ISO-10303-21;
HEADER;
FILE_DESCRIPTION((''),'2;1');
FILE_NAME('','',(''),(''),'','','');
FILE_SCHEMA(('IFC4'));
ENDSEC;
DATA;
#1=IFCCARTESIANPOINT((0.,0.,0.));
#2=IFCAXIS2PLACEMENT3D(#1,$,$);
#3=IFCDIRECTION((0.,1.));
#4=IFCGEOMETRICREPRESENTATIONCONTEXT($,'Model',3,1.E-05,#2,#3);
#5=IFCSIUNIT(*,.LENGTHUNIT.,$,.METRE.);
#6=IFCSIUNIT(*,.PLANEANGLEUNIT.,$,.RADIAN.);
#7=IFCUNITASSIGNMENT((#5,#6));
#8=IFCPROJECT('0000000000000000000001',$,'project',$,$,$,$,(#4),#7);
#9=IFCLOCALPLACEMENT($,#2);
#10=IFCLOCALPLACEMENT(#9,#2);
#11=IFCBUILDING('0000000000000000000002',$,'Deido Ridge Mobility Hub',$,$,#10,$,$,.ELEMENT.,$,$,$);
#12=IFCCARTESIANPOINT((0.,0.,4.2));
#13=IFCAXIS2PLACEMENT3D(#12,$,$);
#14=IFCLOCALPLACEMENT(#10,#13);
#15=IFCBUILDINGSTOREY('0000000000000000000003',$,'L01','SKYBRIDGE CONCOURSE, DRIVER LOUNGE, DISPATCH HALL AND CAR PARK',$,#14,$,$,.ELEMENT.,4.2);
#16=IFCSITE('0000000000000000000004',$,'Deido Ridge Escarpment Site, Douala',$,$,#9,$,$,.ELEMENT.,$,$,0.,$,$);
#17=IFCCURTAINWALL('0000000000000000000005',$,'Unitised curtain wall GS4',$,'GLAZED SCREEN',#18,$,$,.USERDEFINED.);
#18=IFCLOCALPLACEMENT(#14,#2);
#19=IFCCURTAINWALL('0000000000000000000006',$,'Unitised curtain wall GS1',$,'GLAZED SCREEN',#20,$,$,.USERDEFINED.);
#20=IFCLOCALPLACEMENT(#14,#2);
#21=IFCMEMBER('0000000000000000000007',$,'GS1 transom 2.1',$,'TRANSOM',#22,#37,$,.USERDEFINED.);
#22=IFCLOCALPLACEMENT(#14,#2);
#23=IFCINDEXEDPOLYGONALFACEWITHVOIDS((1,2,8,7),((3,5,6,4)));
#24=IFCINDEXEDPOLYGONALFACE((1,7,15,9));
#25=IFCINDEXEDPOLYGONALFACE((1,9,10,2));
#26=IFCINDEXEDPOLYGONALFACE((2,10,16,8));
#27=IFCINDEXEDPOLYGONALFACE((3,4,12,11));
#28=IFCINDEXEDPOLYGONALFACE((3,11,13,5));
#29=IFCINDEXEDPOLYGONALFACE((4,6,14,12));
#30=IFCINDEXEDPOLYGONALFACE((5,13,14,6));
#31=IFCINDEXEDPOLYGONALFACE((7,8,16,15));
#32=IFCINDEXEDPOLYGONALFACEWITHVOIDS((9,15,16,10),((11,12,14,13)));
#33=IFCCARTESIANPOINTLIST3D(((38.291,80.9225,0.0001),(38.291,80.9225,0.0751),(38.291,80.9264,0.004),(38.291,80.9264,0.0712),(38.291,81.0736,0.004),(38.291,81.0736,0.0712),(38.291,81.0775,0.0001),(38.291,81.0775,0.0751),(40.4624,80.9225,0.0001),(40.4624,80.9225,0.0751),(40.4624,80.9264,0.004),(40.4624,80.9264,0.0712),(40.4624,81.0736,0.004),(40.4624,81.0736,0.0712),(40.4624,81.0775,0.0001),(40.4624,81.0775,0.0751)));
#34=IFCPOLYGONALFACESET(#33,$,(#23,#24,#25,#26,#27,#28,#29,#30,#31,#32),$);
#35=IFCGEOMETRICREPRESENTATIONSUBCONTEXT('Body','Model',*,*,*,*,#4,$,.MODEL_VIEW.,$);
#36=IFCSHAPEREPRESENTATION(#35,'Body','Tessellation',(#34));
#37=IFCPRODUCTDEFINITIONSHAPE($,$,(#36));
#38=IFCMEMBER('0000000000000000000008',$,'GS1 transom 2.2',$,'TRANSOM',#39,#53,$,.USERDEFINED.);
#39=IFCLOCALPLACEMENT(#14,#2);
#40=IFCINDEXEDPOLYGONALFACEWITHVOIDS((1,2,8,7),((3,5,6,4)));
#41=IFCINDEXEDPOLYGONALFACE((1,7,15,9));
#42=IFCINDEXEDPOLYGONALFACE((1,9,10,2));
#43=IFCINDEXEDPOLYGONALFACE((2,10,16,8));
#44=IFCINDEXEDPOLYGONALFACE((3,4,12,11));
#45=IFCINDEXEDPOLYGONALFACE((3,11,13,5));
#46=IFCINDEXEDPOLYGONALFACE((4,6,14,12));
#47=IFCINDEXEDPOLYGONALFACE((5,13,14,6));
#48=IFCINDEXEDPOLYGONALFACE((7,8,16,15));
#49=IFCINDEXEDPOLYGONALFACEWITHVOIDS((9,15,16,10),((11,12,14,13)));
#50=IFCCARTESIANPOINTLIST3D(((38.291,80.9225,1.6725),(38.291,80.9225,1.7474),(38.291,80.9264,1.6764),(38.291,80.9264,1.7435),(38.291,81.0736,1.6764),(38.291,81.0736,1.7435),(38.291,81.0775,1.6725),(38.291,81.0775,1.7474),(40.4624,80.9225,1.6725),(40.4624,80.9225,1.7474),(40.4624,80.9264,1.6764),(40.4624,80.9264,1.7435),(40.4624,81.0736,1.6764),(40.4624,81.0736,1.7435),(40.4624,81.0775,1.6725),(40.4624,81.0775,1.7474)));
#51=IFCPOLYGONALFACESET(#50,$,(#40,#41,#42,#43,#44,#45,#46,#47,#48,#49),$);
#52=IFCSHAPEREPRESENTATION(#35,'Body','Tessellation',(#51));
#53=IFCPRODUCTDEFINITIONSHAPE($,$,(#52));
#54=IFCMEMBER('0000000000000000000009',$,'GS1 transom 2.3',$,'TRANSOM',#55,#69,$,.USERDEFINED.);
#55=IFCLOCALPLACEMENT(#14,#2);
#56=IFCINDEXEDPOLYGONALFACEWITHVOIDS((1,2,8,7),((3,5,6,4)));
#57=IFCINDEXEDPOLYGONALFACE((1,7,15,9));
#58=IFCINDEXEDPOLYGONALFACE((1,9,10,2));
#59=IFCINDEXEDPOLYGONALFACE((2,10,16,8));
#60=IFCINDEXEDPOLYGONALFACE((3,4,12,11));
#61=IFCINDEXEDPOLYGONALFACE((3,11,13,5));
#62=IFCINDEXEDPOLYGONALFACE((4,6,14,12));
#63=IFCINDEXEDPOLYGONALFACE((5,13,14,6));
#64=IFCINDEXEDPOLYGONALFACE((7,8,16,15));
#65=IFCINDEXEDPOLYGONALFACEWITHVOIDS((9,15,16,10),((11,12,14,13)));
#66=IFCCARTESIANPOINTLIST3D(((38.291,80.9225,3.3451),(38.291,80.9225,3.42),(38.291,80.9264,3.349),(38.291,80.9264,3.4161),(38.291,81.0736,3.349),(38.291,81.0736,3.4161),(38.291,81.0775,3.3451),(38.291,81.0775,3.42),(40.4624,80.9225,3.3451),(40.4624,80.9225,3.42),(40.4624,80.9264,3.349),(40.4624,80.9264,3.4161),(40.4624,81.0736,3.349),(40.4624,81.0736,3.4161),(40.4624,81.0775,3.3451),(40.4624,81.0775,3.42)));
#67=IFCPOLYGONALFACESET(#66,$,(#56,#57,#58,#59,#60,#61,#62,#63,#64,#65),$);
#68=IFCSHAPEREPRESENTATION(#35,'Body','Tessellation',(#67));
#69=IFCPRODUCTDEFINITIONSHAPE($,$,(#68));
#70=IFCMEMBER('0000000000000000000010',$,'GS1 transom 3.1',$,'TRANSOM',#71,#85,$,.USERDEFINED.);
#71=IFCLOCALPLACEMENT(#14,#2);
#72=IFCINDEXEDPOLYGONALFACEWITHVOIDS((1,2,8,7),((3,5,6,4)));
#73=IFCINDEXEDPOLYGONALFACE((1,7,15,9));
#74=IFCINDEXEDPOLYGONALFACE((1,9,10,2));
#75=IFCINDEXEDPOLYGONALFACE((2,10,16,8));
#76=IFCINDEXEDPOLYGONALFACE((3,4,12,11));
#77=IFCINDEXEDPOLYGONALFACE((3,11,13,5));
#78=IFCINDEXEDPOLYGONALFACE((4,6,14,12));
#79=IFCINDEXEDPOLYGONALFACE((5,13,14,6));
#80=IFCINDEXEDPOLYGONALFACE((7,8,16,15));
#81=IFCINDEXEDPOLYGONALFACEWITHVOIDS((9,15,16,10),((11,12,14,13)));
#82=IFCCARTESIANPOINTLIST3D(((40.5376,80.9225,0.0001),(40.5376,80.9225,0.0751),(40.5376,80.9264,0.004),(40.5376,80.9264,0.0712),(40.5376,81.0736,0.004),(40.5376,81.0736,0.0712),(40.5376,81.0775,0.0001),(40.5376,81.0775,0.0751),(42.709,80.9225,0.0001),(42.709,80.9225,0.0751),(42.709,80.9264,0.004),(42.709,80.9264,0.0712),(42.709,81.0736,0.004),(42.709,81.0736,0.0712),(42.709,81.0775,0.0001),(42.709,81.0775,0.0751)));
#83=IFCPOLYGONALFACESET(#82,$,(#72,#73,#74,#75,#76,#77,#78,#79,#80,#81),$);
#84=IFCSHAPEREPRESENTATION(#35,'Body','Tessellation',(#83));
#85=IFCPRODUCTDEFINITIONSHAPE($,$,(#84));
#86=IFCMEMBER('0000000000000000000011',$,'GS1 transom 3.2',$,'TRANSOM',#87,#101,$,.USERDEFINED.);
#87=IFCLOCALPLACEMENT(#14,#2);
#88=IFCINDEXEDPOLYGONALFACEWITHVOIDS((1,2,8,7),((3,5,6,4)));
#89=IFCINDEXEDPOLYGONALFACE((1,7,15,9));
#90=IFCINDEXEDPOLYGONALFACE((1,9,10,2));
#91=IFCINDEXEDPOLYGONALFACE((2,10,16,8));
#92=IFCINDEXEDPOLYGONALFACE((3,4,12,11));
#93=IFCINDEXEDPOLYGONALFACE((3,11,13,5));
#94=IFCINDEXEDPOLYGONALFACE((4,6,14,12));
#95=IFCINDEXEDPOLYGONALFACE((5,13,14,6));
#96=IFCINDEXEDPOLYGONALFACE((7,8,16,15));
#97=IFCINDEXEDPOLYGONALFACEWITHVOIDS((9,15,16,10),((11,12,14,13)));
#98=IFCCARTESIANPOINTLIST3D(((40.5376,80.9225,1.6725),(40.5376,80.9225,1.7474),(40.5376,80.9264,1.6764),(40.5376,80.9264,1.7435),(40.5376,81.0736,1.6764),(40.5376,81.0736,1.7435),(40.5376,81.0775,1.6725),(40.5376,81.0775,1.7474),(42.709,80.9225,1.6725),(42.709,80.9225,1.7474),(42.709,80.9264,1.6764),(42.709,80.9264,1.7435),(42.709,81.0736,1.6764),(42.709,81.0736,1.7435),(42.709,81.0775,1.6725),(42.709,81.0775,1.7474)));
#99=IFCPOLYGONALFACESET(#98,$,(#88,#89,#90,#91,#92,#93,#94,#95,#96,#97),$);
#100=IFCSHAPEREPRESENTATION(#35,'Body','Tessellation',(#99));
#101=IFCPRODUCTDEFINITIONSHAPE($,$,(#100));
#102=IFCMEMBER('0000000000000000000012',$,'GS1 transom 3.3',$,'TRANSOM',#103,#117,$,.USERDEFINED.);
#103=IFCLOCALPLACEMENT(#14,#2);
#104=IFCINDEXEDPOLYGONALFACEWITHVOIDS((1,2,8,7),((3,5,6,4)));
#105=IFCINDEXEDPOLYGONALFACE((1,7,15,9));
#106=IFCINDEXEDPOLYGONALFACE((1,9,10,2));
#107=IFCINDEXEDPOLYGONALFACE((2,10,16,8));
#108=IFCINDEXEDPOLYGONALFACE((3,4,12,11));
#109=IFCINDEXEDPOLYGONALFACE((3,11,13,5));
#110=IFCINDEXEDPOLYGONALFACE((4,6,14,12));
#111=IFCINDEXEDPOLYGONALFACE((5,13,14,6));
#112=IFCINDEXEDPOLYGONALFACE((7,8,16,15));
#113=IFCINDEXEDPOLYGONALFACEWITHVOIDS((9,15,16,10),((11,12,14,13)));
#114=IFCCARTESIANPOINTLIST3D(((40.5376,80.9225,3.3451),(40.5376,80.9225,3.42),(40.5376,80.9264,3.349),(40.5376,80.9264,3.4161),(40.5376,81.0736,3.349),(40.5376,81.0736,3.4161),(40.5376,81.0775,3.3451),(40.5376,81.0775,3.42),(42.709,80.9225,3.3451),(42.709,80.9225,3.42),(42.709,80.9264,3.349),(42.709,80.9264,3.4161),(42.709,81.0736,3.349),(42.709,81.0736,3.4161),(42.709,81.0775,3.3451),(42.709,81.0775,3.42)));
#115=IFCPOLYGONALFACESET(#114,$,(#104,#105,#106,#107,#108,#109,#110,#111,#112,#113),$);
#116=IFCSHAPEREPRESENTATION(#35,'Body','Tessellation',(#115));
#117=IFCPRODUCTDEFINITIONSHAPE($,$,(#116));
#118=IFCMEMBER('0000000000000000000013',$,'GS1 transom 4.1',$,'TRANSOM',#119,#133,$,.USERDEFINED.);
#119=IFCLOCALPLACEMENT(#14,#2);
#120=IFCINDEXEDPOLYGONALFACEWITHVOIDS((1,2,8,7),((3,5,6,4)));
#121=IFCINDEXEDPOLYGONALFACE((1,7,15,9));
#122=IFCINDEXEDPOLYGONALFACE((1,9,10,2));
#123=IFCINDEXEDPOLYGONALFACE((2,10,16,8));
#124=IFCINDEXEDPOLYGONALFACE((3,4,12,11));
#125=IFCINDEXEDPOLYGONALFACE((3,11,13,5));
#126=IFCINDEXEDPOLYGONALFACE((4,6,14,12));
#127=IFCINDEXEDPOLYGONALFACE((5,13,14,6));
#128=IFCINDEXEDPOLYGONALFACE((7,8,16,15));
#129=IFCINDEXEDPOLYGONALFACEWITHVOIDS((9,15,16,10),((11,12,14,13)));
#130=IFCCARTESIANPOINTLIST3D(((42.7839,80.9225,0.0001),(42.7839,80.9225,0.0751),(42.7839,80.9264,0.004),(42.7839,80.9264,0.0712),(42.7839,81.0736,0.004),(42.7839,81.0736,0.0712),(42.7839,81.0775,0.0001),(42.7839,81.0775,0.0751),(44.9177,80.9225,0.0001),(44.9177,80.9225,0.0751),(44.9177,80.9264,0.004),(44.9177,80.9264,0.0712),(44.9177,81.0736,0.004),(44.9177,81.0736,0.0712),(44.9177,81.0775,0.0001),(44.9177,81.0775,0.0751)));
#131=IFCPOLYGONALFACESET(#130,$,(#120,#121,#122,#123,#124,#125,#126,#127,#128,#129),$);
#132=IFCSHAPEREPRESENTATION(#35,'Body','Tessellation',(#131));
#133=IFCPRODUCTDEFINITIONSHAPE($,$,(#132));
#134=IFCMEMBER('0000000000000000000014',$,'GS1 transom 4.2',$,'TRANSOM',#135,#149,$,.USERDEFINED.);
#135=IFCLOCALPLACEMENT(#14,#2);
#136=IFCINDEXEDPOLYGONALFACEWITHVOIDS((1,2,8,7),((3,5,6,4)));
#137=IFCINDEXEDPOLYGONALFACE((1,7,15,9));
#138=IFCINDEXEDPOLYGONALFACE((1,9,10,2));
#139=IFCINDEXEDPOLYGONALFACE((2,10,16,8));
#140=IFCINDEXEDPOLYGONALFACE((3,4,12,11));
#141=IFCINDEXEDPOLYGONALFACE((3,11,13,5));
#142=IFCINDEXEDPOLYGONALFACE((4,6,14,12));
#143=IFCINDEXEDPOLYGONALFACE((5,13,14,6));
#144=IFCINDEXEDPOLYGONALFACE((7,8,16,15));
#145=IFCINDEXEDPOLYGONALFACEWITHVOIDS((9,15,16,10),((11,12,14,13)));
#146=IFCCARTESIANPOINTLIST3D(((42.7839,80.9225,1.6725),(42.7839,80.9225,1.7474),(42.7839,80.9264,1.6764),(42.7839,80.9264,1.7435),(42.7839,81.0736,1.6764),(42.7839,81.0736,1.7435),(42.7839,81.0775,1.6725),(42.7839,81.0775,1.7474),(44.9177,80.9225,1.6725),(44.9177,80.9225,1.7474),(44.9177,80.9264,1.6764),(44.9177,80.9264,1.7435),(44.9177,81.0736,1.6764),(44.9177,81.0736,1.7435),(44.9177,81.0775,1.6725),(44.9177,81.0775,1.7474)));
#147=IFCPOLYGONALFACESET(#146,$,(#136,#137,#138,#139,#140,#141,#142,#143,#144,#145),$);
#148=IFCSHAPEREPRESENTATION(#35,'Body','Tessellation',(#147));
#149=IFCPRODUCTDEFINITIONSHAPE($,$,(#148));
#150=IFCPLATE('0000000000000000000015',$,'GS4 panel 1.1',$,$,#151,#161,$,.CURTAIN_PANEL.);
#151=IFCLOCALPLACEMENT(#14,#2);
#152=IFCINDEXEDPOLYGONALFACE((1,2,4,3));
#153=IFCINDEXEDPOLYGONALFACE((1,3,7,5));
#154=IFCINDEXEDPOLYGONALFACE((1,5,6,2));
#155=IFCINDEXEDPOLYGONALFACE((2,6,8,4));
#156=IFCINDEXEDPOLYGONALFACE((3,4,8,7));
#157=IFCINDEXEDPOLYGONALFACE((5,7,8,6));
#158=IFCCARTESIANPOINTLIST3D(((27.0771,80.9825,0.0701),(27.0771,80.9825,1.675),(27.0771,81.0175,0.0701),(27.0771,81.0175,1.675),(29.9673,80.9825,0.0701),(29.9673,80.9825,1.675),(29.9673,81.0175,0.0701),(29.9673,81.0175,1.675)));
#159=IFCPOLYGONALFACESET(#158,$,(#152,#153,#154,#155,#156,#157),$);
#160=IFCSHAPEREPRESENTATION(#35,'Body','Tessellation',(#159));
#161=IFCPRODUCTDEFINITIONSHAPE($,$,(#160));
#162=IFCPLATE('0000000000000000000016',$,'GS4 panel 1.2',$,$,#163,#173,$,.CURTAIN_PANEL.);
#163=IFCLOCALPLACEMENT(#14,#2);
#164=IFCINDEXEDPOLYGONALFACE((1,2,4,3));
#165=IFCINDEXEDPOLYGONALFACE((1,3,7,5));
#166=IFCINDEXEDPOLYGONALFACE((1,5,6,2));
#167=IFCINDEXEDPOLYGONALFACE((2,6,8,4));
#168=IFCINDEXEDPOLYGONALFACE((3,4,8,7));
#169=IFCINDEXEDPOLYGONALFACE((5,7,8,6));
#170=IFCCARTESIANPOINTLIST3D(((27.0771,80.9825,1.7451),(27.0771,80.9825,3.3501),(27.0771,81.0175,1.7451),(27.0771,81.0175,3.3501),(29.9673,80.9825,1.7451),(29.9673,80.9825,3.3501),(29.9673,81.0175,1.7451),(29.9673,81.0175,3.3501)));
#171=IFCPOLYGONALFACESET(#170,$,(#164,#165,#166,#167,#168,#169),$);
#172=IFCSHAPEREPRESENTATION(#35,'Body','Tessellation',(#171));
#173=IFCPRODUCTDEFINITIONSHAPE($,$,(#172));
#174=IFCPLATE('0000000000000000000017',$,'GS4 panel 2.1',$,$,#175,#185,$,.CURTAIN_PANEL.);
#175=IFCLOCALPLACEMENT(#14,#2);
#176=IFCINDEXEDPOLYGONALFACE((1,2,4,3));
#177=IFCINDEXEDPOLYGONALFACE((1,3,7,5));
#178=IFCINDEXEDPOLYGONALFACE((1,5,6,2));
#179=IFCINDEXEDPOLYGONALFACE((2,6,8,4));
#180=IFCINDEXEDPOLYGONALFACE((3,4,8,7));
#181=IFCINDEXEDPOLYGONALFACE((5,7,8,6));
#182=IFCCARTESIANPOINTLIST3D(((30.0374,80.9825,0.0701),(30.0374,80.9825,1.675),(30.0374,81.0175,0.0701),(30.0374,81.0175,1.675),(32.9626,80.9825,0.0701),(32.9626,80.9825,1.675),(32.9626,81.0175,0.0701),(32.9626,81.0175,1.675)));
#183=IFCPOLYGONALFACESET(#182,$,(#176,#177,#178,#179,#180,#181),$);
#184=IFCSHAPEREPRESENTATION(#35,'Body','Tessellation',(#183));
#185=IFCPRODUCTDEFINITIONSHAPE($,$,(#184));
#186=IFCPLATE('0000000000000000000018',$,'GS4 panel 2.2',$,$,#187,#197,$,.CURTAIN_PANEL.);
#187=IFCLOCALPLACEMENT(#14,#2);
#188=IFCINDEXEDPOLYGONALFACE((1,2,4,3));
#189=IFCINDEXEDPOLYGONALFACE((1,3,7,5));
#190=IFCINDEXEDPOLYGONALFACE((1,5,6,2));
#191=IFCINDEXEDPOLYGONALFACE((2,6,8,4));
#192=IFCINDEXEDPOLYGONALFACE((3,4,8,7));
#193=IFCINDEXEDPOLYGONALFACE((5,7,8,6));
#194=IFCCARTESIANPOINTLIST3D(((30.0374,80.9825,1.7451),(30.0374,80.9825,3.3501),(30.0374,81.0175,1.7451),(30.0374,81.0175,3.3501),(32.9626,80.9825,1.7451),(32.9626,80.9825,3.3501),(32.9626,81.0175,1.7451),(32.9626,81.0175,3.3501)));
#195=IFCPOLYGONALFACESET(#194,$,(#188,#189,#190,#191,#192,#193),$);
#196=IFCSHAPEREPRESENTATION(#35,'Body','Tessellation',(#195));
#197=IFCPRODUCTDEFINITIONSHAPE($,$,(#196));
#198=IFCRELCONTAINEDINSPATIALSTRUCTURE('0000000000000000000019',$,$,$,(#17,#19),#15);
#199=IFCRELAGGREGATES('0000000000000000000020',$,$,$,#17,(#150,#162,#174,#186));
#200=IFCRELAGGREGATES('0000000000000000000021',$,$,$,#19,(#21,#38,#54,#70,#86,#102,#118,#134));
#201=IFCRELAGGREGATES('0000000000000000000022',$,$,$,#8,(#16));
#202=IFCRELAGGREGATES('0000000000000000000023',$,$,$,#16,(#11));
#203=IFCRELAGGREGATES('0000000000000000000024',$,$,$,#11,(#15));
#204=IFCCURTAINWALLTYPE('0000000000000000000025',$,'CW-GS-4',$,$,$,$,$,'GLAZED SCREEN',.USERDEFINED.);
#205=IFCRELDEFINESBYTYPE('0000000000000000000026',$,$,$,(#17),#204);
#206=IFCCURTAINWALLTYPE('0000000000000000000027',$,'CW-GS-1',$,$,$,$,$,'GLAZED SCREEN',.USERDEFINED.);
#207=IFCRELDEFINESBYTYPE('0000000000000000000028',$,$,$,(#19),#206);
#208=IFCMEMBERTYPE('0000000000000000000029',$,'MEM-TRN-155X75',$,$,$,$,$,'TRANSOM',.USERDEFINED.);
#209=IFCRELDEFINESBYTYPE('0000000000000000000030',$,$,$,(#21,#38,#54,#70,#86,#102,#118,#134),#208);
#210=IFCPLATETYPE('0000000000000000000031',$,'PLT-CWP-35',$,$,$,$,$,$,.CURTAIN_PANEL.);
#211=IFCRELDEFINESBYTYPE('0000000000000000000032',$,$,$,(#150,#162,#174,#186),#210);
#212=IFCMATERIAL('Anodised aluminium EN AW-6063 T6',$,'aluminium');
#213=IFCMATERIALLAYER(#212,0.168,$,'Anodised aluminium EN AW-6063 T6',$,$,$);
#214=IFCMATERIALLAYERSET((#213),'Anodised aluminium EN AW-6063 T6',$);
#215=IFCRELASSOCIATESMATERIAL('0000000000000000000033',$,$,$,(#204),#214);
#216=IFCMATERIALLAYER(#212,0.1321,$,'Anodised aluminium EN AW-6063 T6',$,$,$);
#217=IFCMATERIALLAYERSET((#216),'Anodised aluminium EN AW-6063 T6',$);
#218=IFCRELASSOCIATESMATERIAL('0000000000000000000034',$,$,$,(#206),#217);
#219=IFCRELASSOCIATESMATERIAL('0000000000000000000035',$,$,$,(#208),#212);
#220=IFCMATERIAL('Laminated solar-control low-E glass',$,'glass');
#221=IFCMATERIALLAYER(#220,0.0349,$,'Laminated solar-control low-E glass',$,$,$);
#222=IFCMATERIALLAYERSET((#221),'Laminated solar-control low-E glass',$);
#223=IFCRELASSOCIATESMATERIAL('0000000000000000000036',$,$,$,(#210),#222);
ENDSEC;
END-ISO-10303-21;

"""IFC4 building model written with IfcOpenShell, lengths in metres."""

from ifc_helpers import new_model, si_unit, direction, frame, origin, origin_2d, place, context, subcontext, project, spatial, rectangle, hollow_rectangle, extrude, material, layer, layer_set, material_profile, profile_set, type_object, element, aggregate, save


model = new_model("IFC4")

# Units and contexts
model_context = context("Model", 3, precision=1e-05, world=origin(), true_north=direction((0.0, 1.0)))
body_context = subcontext(model_context, "Body", "Model", "MODEL_VIEW")
ifc_project = project(units=[si_unit("LENGTHUNIT", "METRE"), si_unit("PLANEANGLEUNIT", "RADIAN")], contexts=[model_context])

# Site, building, storey
site_placement = place(None, origin())
site = spatial("IfcSite", under=ifc_project, at=site_placement, Name="Deido Ridge Escarpment Site, Douala", CompositionType="ELEMENT", RefElevation=0.0)
building_placement = place(site_placement, origin())
building = spatial("IfcBuilding", under=site, at=building_placement, Name="Deido Ridge Mobility Hub", CompositionType="ELEMENT")
storey_placement = place(building_placement, frame((0.0, 0.0, 4.2)))
storey = spatial("IfcBuildingStorey", under=building, at=storey_placement, Name="L01", Description="SKYBRIDGE CONCOURSE, DRIVER LOUNGE, DISPATCH HALL AND CAR PARK", CompositionType="ELEMENT", Elevation=4.2)

# Curtain walls
ifc_material_1 = material(Name="Anodised aluminium EN AW-6063 T6", Category="aluminium")
ifc_layer_1 = layer(ifc_material_1, 0.168, Name="Anodised aluminium EN AW-6063 T6")
ifc_layer_set_1 = layer_set([ifc_layer_1], Name="Anodised aluminium EN AW-6063 T6")
curtain_wall_type_1 = type_object("IfcCurtainWallType", Name="CW-GS-4", ElementType="GLAZED SCREEN", PredefinedType="USERDEFINED", material=ifc_layer_set_1)
curtain_wall_1_placement = place(storey_placement, origin())
curtain_wall_1 = element("IfcCurtainWall", 1, at=curtain_wall_1_placement, inside=storey, type_object=curtain_wall_type_1, Name="Unitised curtain wall GS4", ObjectType="GLAZED SCREEN", PredefinedType="USERDEFINED")
ifc_layer_2 = layer(ifc_material_1, 0.1321, Name="Anodised aluminium EN AW-6063 T6")
ifc_layer_set_2 = layer_set([ifc_layer_2], Name="Anodised aluminium EN AW-6063 T6")
curtain_wall_type_2 = type_object("IfcCurtainWallType", Name="CW-GS-1", ElementType="GLAZED SCREEN", PredefinedType="USERDEFINED", material=ifc_layer_set_2)
curtain_wall_2_placement = place(storey_placement, origin())
curtain_wall_2 = element("IfcCurtainWall", 2, at=curtain_wall_2_placement, inside=storey, type_object=curtain_wall_type_2, Name="Unitised curtain wall GS1", ObjectType="GLAZED SCREEN", PredefinedType="USERDEFINED")

# Members
ifc_material_profile_1 = material_profile(ifc_material_1, hollow_rectangle(XDim=0.155, YDim=0.075, WallThickness=0.0039, at=origin_2d()), Name="RHS 155x75x4")
ifc_profile_set_1 = profile_set([ifc_material_profile_1], Name="Anodised aluminium EN AW-6063 T6")
member_type_1 = type_object("IfcMemberType", Name="MEM-TRN-155X75", ElementType="TRANSOM", PredefinedType="USERDEFINED", material=ifc_profile_set_1)
member_1_placement = place(storey_placement, frame((38.291, 81.0, 0.0376), z_axis=(1.0, 0.0, 0.0), x_axis=(0.0, 1.0, 0.0)))
member_1 = element("IfcMember", 3, at=member_1_placement, type_object=member_type_1, Name="GS1 transom 2.1", ObjectType="TRANSOM", PredefinedType="USERDEFINED", context=body_context, shape_type="SweptSolid", body=[
    extrude(hollow_rectangle(XDim=0.155, YDim=0.075, WallThickness=0.0039, at=origin_2d()), origin(), (0.0, 0.0, 1.0), 2.1714),
])
member_2_placement = place(storey_placement, frame((38.291, 81.0, 1.71), z_axis=(1.0, 0.0, 0.0), x_axis=(0.0, 1.0, 0.0)))
member_2 = element("IfcMember", 4, at=member_2_placement, type_object=member_type_1, Name="GS1 transom 2.2", ObjectType="TRANSOM", PredefinedType="USERDEFINED", context=body_context, shape_type="SweptSolid", body=[
    extrude(hollow_rectangle(XDim=0.155, YDim=0.075, WallThickness=0.0039, at=origin_2d()), origin(), (0.0, 0.0, 1.0), 2.1714),
])
member_3_placement = place(storey_placement, frame((38.291, 81.0, 3.3826), z_axis=(1.0, 0.0, 0.0), x_axis=(0.0, 1.0, 0.0)))
member_3 = element("IfcMember", 5, at=member_3_placement, type_object=member_type_1, Name="GS1 transom 2.3", ObjectType="TRANSOM", PredefinedType="USERDEFINED", context=body_context, shape_type="SweptSolid", body=[
    extrude(hollow_rectangle(XDim=0.155, YDim=0.075, WallThickness=0.0039, at=origin_2d()), origin(), (0.0, 0.0, 1.0), 2.1714),
])
member_4_placement = place(storey_placement, frame((40.5376, 81.0, 0.0376), z_axis=(1.0, 0.0, 0.0), x_axis=(0.0, 1.0, 0.0)))
member_4 = element("IfcMember", 6, at=member_4_placement, type_object=member_type_1, Name="GS1 transom 3.1", ObjectType="TRANSOM", PredefinedType="USERDEFINED", context=body_context, shape_type="SweptSolid", body=[
    extrude(hollow_rectangle(XDim=0.155, YDim=0.075, WallThickness=0.0039, at=origin_2d()), origin(), (0.0, 0.0, 1.0), 2.1714),
])
member_5_placement = place(storey_placement, frame((40.5376, 81.0, 1.71), z_axis=(1.0, 0.0, 0.0), x_axis=(0.0, 1.0, 0.0)))
member_5 = element("IfcMember", 7, at=member_5_placement, type_object=member_type_1, Name="GS1 transom 3.2", ObjectType="TRANSOM", PredefinedType="USERDEFINED", context=body_context, shape_type="SweptSolid", body=[
    extrude(hollow_rectangle(XDim=0.155, YDim=0.075, WallThickness=0.0039, at=origin_2d()), origin(), (0.0, 0.0, 1.0), 2.1714),
])
member_6_placement = place(storey_placement, frame((40.5376, 81.0, 3.3826), z_axis=(1.0, 0.0, 0.0), x_axis=(0.0, 1.0, 0.0)))
member_6 = element("IfcMember", 8, at=member_6_placement, type_object=member_type_1, Name="GS1 transom 3.3", ObjectType="TRANSOM", PredefinedType="USERDEFINED", context=body_context, shape_type="SweptSolid", body=[
    extrude(hollow_rectangle(XDim=0.155, YDim=0.075, WallThickness=0.0039, at=origin_2d()), origin(), (0.0, 0.0, 1.0), 2.1714),
])
member_7_placement = place(storey_placement, frame((42.7839, 81.0, 0.0376), z_axis=(1.0, 0.0, 0.0), x_axis=(0.0, 1.0, 0.0)))
member_7 = element("IfcMember", 9, at=member_7_placement, type_object=member_type_1, Name="GS1 transom 4.1", ObjectType="TRANSOM", PredefinedType="USERDEFINED", context=body_context, shape_type="SweptSolid", body=[
    extrude(hollow_rectangle(XDim=0.155, YDim=0.075, WallThickness=0.0039, at=origin_2d()), origin(), (0.0, 0.0, 1.0), 2.1338),
])
member_8_placement = place(storey_placement, frame((42.7839, 81.0, 1.71), z_axis=(1.0, 0.0, 0.0), x_axis=(0.0, 1.0, 0.0)))
member_8 = element("IfcMember", 10, at=member_8_placement, type_object=member_type_1, Name="GS1 transom 4.2", ObjectType="TRANSOM", PredefinedType="USERDEFINED", context=body_context, shape_type="SweptSolid", body=[
    extrude(hollow_rectangle(XDim=0.155, YDim=0.075, WallThickness=0.0039, at=origin_2d()), origin(), (0.0, 0.0, 1.0), 2.1338),
])

# Plates
ifc_material_2 = material(Name="Laminated solar-control low-E glass", Category="glass")
ifc_layer_3 = layer(ifc_material_2, 0.0349, Name="Laminated solar-control low-E glass")
ifc_layer_set_3 = layer_set([ifc_layer_3], Name="Laminated solar-control low-E glass")
plate_type_1 = type_object("IfcPlateType", Name="PLT-CWP-35", PredefinedType="CURTAIN_PANEL", material=ifc_layer_set_3)
plate_1_placement = place(storey_placement, frame((28.5222, 81.0, 0.0701), z_axis=(0.0, 0.0, 1.0), x_axis=(1.0, 0.0, 0.0)))
plate_1 = element("IfcPlate", 11, at=plate_1_placement, type_object=plate_type_1, Name="GS4 panel 1.1", PredefinedType="CURTAIN_PANEL", context=body_context, shape_type="SweptSolid", body=[
    extrude(rectangle(XDim=2.8901, YDim=0.0349, at=origin_2d()), origin(), (0.0, 0.0, 1.0), 1.605),
])
plate_2_placement = place(storey_placement, frame((28.5222, 81.0, 1.7451), z_axis=(0.0, 0.0, 1.0), x_axis=(1.0, 0.0, 0.0)))
plate_2 = element("IfcPlate", 12, at=plate_2_placement, type_object=plate_type_1, Name="GS4 panel 1.2", PredefinedType="CURTAIN_PANEL", context=body_context, shape_type="SweptSolid", body=[
    extrude(rectangle(XDim=2.8901, YDim=0.0349, at=origin_2d()), origin(), (0.0, 0.0, 1.0), 1.605),
])
plate_3_placement = place(storey_placement, frame((31.5, 81.0, 0.0701), z_axis=(0.0, 0.0, 1.0), x_axis=(1.0, 0.0, 0.0)))
plate_3 = element("IfcPlate", 13, at=plate_3_placement, type_object=plate_type_1, Name="GS4 panel 2.1", PredefinedType="CURTAIN_PANEL", context=body_context, shape_type="SweptSolid", body=[
    extrude(rectangle(XDim=2.9253, YDim=0.0349, at=origin_2d()), origin(), (0.0, 0.0, 1.0), 1.605),
])
plate_4_placement = place(storey_placement, frame((31.5, 81.0, 1.7451), z_axis=(0.0, 0.0, 1.0), x_axis=(1.0, 0.0, 0.0)))
plate_4 = element("IfcPlate", 14, at=plate_4_placement, type_object=plate_type_1, Name="GS4 panel 2.2", PredefinedType="CURTAIN_PANEL", context=body_context, shape_type="SweptSolid", body=[
    extrude(rectangle(XDim=2.9253, YDim=0.0349, at=origin_2d()), origin(), (0.0, 0.0, 1.0), 1.605),
])
aggregate(curtain_wall_1, [plate_1, plate_2, plate_3, plate_4])
aggregate(curtain_wall_2, [member_1, member_2, member_3, member_4, member_5, member_6, member_7, member_8])

save(model, "model.ifc")
